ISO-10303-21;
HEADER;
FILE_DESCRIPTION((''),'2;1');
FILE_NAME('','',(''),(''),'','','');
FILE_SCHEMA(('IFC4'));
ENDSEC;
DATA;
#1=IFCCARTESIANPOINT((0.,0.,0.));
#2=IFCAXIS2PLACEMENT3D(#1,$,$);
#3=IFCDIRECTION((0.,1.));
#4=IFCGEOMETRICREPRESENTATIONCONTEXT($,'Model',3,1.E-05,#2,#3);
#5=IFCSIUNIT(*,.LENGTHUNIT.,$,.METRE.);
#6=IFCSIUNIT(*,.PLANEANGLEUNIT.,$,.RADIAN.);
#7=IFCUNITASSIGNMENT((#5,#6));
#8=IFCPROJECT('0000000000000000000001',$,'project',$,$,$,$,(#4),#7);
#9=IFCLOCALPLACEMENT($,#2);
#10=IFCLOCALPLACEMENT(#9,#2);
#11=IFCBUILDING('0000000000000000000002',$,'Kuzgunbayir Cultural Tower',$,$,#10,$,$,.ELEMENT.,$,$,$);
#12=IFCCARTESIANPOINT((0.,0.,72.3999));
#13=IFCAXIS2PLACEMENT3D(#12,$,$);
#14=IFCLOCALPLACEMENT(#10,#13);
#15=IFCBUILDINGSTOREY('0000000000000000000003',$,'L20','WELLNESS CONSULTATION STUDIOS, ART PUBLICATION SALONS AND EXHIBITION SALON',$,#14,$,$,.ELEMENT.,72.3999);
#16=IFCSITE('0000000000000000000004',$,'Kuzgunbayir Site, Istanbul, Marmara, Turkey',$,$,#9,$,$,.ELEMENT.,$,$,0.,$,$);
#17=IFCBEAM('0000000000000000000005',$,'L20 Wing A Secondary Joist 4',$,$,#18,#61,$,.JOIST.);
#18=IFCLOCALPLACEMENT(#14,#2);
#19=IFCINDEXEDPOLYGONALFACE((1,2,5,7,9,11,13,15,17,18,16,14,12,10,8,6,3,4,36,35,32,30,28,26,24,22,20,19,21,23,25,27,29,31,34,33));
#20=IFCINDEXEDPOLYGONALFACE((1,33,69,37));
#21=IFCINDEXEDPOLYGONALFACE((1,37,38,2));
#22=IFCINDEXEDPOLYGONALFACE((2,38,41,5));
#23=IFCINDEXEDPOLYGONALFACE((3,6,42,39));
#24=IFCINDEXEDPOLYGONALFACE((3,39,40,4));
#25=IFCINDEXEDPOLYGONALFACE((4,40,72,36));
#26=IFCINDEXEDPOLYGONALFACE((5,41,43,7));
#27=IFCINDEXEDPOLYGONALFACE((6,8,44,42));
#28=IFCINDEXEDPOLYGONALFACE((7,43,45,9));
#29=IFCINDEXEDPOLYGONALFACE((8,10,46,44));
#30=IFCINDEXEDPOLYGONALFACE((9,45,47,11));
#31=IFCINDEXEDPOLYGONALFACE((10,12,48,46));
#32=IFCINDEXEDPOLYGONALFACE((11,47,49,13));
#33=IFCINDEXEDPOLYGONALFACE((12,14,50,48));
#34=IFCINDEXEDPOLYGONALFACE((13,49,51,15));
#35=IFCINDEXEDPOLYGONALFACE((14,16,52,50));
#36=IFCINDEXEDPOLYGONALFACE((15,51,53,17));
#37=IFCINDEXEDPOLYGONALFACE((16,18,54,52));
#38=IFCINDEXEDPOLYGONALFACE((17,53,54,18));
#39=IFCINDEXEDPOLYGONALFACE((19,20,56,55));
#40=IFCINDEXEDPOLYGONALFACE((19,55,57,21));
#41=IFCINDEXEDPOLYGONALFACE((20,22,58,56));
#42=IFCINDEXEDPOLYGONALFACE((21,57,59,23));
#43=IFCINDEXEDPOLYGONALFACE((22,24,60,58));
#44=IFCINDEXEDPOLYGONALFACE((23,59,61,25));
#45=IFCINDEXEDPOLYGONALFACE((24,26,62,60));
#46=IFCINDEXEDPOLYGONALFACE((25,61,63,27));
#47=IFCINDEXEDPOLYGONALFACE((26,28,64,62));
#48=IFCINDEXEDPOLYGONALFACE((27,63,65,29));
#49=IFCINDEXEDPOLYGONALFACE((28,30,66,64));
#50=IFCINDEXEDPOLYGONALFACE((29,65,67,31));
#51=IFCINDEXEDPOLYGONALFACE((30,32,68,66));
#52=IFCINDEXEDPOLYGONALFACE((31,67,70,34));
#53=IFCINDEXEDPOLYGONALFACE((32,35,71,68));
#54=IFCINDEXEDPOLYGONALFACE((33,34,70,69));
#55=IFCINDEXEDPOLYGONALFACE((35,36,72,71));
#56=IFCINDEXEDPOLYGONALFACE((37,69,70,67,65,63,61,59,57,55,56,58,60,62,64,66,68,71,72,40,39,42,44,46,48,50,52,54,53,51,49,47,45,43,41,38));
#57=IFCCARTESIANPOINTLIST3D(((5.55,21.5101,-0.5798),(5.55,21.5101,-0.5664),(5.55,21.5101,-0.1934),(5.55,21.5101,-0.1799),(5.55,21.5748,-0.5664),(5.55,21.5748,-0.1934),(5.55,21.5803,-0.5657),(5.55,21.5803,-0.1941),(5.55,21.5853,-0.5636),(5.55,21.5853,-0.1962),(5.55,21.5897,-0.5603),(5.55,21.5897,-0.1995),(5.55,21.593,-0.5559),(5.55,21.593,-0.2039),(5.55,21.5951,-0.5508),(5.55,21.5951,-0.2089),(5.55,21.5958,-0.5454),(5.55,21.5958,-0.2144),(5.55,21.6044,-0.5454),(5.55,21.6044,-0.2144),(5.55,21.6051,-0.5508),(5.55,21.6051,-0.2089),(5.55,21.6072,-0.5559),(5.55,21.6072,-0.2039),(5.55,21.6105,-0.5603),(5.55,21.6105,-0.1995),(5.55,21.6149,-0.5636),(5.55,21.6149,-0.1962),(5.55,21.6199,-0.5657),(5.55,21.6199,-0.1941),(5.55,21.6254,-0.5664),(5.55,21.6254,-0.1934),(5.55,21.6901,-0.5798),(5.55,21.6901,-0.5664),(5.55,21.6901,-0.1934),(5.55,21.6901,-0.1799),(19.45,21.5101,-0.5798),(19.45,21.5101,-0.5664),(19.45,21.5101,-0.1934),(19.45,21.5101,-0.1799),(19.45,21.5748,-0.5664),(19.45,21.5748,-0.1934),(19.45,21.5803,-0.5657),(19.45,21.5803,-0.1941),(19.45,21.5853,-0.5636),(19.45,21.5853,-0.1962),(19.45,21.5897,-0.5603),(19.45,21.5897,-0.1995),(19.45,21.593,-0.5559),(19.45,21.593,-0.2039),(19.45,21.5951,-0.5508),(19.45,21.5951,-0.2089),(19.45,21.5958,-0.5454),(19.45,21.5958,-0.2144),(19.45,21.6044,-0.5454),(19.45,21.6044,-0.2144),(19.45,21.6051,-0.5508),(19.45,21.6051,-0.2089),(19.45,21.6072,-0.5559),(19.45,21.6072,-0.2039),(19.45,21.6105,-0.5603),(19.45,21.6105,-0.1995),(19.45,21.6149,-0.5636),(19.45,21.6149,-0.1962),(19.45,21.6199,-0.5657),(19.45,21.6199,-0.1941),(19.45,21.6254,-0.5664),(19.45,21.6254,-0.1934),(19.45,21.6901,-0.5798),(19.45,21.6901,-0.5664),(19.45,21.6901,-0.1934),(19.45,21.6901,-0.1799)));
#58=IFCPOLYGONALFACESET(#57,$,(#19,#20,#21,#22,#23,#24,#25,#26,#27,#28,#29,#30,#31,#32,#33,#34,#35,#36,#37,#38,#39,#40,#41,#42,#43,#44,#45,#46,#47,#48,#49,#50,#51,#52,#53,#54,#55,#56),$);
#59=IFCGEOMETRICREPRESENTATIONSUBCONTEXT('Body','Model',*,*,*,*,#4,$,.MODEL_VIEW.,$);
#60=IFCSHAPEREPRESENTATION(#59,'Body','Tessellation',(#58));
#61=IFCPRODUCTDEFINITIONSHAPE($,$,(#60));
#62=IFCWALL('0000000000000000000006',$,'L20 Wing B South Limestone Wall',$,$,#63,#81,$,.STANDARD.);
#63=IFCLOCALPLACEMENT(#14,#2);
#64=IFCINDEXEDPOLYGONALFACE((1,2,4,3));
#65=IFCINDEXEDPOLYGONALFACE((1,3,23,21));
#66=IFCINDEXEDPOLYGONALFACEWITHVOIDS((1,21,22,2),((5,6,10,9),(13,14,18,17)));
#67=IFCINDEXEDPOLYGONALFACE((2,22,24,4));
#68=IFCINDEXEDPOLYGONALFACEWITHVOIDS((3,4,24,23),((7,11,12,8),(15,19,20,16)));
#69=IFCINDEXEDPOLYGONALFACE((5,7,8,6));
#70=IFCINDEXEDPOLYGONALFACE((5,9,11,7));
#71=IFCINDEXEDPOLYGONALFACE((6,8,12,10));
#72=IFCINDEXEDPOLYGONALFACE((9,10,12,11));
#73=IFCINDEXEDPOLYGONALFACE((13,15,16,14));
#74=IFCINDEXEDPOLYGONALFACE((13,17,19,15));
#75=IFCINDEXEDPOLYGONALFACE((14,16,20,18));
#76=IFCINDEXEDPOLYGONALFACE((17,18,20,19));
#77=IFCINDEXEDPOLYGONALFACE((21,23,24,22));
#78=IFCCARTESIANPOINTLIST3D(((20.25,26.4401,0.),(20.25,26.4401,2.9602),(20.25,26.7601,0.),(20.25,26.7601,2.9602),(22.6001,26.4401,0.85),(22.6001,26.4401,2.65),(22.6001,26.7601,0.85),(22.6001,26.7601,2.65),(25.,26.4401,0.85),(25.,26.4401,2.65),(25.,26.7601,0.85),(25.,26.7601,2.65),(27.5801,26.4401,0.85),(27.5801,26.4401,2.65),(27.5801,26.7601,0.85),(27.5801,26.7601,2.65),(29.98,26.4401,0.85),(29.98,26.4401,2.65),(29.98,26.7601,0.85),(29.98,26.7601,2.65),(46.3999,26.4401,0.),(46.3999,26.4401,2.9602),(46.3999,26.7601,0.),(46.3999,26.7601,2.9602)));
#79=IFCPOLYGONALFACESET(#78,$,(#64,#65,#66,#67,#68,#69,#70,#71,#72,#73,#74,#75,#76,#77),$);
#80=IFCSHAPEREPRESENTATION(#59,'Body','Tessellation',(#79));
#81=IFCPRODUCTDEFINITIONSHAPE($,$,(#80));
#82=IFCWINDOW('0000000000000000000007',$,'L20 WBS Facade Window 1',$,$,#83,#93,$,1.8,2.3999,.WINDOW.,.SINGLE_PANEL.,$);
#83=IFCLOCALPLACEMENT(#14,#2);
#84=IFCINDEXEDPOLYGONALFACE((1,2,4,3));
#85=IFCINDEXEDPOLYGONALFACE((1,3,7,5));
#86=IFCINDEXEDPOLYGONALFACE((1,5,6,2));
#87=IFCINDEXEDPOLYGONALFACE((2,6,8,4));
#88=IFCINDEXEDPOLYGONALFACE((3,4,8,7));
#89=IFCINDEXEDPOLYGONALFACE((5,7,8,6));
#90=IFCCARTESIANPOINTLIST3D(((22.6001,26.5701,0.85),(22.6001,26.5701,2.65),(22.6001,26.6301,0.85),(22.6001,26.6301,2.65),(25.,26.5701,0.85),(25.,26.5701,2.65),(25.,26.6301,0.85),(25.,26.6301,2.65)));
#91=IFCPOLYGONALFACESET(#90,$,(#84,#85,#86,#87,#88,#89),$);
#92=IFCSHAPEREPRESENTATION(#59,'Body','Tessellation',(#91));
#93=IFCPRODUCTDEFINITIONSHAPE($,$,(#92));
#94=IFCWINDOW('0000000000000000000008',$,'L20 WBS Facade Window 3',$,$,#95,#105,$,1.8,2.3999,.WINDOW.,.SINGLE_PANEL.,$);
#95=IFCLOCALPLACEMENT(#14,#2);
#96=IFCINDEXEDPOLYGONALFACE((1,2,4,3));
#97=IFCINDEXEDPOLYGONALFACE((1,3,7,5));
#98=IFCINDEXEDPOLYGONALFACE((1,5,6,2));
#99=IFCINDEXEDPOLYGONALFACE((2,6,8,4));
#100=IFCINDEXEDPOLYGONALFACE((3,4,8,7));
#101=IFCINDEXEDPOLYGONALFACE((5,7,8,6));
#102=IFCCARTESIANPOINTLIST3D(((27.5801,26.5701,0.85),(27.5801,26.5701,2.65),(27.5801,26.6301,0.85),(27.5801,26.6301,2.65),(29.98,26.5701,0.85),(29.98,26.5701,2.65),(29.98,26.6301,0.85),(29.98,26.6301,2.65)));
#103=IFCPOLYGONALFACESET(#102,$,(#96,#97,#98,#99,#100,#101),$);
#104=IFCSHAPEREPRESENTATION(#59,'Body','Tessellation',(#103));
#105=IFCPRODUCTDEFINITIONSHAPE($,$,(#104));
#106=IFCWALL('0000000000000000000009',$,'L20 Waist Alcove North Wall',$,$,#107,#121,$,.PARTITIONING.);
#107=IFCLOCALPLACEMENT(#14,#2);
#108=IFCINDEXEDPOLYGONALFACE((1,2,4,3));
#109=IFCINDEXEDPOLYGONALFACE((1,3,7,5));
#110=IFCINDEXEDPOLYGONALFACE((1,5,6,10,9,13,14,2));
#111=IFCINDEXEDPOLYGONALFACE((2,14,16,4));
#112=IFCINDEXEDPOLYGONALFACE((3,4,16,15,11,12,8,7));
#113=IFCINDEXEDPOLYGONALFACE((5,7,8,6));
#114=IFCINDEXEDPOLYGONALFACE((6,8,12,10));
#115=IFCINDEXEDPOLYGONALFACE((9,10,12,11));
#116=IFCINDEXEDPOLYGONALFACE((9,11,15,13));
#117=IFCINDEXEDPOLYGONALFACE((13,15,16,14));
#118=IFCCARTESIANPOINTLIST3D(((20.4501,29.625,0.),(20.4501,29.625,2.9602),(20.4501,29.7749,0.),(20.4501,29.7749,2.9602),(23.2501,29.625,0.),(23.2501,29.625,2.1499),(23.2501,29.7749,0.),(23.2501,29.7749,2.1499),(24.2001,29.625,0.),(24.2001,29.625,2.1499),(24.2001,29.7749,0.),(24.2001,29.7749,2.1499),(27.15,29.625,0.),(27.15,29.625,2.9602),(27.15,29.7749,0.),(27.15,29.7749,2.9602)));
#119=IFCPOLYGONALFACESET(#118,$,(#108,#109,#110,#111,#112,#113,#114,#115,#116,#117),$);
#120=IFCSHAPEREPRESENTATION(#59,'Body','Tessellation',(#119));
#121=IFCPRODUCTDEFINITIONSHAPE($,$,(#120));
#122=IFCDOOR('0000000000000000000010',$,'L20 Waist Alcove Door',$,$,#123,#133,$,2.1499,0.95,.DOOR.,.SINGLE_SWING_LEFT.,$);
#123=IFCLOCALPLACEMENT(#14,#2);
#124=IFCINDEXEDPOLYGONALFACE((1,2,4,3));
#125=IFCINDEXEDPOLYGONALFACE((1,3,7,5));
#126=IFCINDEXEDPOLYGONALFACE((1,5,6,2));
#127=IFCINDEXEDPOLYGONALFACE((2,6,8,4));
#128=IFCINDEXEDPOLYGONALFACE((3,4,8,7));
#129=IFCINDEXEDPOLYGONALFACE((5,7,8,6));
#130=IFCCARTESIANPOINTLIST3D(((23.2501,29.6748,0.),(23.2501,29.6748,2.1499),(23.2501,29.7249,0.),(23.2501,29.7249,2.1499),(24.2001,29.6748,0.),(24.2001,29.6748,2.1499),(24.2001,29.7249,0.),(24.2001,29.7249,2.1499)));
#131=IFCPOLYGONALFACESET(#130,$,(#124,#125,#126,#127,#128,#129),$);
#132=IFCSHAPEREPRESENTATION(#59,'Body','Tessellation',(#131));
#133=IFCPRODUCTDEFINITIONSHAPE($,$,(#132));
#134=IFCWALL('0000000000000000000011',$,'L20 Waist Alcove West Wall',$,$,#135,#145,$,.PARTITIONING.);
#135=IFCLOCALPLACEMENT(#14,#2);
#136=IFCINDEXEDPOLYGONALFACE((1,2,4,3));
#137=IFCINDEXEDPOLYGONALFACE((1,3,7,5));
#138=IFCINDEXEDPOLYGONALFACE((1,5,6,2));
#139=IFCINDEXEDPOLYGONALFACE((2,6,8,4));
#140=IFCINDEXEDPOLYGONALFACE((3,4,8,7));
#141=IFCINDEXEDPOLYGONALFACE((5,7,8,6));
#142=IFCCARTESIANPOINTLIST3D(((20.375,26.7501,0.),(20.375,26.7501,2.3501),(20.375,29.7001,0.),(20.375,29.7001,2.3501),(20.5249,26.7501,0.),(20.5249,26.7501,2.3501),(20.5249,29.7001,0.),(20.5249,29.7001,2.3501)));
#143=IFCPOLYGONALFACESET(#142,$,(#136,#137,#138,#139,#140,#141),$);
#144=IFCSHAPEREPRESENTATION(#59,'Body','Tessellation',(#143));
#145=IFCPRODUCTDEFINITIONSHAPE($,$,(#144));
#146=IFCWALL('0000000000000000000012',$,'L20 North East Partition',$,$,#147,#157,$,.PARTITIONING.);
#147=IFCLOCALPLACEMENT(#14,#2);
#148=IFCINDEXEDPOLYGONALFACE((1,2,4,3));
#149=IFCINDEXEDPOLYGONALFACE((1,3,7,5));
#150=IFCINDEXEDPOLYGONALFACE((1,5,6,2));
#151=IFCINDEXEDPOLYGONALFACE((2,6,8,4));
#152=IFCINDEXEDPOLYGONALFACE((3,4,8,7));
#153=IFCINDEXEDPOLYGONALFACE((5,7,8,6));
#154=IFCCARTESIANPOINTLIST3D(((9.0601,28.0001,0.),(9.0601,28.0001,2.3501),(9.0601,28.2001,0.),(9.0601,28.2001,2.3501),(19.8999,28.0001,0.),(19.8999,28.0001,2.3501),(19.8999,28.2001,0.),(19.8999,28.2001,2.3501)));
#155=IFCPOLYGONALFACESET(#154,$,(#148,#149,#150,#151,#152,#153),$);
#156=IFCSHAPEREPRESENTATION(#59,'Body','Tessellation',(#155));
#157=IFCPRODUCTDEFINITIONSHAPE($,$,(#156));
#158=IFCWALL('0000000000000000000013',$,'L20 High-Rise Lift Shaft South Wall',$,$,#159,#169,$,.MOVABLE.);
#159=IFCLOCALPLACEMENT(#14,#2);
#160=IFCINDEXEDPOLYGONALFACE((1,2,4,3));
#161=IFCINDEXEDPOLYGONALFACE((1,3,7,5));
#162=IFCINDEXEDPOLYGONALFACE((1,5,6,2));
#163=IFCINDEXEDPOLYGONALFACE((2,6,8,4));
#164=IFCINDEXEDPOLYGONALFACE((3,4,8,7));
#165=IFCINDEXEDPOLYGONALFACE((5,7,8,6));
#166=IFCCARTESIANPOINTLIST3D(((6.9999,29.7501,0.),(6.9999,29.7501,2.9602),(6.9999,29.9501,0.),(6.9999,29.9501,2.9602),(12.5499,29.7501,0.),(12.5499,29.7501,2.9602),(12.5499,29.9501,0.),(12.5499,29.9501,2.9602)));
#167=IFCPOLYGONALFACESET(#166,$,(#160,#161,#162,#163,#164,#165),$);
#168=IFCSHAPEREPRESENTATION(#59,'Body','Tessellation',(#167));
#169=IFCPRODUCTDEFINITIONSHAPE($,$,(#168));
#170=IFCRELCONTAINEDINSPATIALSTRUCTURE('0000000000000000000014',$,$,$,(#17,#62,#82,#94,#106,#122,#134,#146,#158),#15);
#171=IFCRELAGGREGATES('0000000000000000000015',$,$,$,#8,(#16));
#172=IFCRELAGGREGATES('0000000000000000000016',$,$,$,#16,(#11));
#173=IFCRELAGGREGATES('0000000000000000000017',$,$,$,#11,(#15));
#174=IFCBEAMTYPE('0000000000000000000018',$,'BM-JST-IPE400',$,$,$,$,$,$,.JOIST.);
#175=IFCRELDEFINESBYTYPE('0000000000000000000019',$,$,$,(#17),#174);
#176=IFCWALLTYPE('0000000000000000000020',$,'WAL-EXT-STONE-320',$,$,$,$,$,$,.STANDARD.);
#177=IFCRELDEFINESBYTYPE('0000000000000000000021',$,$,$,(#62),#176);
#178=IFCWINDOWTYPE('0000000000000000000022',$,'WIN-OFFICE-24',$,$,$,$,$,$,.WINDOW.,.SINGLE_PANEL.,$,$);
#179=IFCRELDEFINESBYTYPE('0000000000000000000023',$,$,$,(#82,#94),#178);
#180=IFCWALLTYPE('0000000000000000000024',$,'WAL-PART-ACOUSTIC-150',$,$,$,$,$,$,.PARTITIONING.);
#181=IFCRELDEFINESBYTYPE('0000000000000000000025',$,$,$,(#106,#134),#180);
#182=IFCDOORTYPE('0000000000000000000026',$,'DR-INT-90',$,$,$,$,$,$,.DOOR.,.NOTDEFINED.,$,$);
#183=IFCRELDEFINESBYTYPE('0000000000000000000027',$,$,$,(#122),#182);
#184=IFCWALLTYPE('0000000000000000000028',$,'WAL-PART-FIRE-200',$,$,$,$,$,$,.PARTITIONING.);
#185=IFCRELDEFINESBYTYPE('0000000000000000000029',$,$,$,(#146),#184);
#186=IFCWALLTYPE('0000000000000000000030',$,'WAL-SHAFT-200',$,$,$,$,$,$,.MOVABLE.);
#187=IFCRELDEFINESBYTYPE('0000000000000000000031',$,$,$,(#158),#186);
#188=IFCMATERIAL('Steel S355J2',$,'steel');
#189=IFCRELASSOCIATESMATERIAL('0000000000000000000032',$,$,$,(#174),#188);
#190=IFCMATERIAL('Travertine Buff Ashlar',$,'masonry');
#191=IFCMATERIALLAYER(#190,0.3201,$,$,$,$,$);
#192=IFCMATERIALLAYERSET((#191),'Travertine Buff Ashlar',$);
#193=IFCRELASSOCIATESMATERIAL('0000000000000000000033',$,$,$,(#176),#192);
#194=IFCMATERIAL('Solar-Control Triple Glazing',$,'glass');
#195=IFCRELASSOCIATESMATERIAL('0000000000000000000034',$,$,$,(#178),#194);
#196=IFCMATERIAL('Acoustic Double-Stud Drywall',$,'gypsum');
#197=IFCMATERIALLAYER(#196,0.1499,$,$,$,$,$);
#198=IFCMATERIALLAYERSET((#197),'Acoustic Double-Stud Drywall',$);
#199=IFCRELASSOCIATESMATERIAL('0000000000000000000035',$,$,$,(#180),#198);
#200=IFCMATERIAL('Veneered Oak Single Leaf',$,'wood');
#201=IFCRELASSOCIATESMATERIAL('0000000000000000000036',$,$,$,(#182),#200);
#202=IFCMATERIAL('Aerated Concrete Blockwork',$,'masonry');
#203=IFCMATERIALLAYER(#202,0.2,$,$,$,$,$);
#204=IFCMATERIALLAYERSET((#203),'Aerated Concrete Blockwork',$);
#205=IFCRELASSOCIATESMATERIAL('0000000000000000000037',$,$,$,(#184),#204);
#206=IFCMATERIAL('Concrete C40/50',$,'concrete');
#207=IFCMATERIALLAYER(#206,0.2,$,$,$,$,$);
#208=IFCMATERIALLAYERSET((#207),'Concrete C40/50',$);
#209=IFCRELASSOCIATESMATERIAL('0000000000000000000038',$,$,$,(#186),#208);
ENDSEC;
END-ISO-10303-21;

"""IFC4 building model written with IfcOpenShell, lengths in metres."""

from ifc_helpers import new_model, si_unit, direction, frame, frame_2d, origin, origin_2d, place, context, subcontext, project, spatial, rectangle, i_section, extrude, material, layer, layer_set, material_profile, profile_set, type_object, element, fill, save


model = new_model("IFC4")

# Units and contexts
model_context = context("Model", 3, precision=1e-05, world=origin(), true_north=direction((0.0, 1.0)))
body_context = subcontext(model_context, "Body", "Model", "MODEL_VIEW")
ifc_project = project(units=[si_unit("LENGTHUNIT", "METRE"), si_unit("PLANEANGLEUNIT", "RADIAN")], contexts=[model_context])

# Site, building, storey
site_placement = place(None, origin())
site = spatial("IfcSite", under=ifc_project, at=site_placement, Name="Kuzgunbayir Site, Istanbul, Marmara, Turkey", CompositionType="ELEMENT", RefElevation=0.0)
building_placement = place(site_placement, origin())
building = spatial("IfcBuilding", under=site, at=building_placement, Name="Kuzgunbayir Cultural Tower", CompositionType="ELEMENT")
storey_placement = place(building_placement, frame((0.0, 0.0, 72.3999)))
storey = spatial("IfcBuildingStorey", under=building, at=storey_placement, Name="L20", Description="WELLNESS CONSULTATION STUDIOS, ART PUBLICATION SALONS AND EXHIBITION SALON", CompositionType="ELEMENT", Elevation=72.3999)

# Beam
ifc_material_1 = material(Name="Steel S355J2", Category="steel")
ifc_material_profile_1 = material_profile(ifc_material_1, i_section(OverallWidth=0.1799, OverallDepth=0.3999, WebThickness=0.0085, FlangeThickness=0.0134, FilletRadius=0.021, at=origin_2d()), Name="IPE 400")
ifc_profile_set_1 = profile_set([ifc_material_profile_1], Name="Steel S355J2")
beam_type_1 = type_object("IfcBeamType", Name="BM-JST-IPE400", PredefinedType="JOIST", material=ifc_profile_set_1)
for number, where, z_axis, x_axis, name in (
    (1, (5.55, 21.6001, -0.3799), (1.0, 0.0, 0.0), (0.0, 1.0, 0.0), "L20 Wing A Secondary Joist 4"),
):
    element("IfcBeam", number, at=place(storey_placement, frame(where, z_axis=z_axis, x_axis=x_axis)), inside=storey, type_object=beam_type_1, Name=name, PredefinedType="JOIST", context=body_context, shape_type="SweptSolid", body=[
        extrude(i_section(OverallWidth=0.1799, OverallDepth=0.3999, WebThickness=0.0085, FlangeThickness=0.0134, FilletRadius=0.021, at=origin_2d()), origin(), (0.0, 0.0, 1.0), 13.8999),
    ])

# Wall, openings, windows
ifc_material_2 = material(Name="Travertine Buff Ashlar", Category="masonry")
ifc_layer_1 = layer(ifc_material_2, 0.3201)
ifc_layer_set_1 = layer_set([ifc_layer_1], Name="Travertine Buff Ashlar")
wall_type_1 = type_object("IfcWallType", Name="WAL-EXT-STONE-320", PredefinedType="STANDARD", material=ifc_layer_set_1)
wall_1_placement = place(storey_placement, frame((20.25, 26.6001, 0.0), z_axis=(0.0, 0.0, 1.0), x_axis=(1.0, 0.0, 0.0)))
wall_1 = element("IfcWall", 2, at=wall_1_placement, inside=storey, type_object=wall_type_1, Name="L20 Wing B South Limestone Wall", PredefinedType="STANDARD", context=body_context, shape_type="SweptSolid", body=[
    extrude(rectangle(XDim=26.1499, YDim=0.3201, at=frame_2d((13.075, 0.0))), origin(), (0.0, 0.0, 1.0), 2.9602),
])
opening_1_placement = place(wall_1_placement, frame((2.3501, 0.0, 0.8501)))
opening_1 = element("IfcOpeningElement", 3, at=opening_1_placement, cuts=wall_1, PredefinedType="OPENING", context=body_context, shape_type="SweptSolid", body=[
    extrude(rectangle(XDim=2.3999, YDim=1.8, at=frame_2d((1.2, 0.8999))), frame((0.0, 0.1699, 0.0), z_axis=(0.0, -1.0, 0.0), x_axis=(1.0, 0.0, 0.0)), (0.0, 0.0, 1.0), 0.3401),
])
opening_2_placement = place(wall_1_placement, frame((7.3301, 0.0, 0.8501)))
opening_2 = element("IfcOpeningElement", 4, at=opening_2_placement, cuts=wall_1, PredefinedType="OPENING", context=body_context, shape_type="SweptSolid", body=[
    extrude(rectangle(XDim=2.3999, YDim=1.8, at=frame_2d((1.2, 0.8999))), frame((0.0, 0.1699, 0.0), z_axis=(0.0, -1.0, 0.0), x_axis=(1.0, 0.0, 0.0)), (0.0, 0.0, 1.0), 0.3401),
])
ifc_material_3 = material(Name="Solar-Control Triple Glazing", Category="glass")
window_type = type_object("IfcWindowType", Name="WIN-OFFICE-24", PartitioningType="SINGLE_PANEL", PredefinedType="WINDOW", material=ifc_material_3)
window_1_placement = place(opening_1_placement, origin())
window_1 = element("IfcWindow", 5, at=window_1_placement, inside=storey, type_object=window_type, Name="L20 WBS Facade Window 1", OverallHeight=1.8, OverallWidth=2.3999, PartitioningType="SINGLE_PANEL", PredefinedType="WINDOW", context=body_context, shape_type="SweptSolid", body=[
    extrude(rectangle(XDim=2.3999, YDim=1.8, at=frame_2d((1.2, 0.8999))), frame((0.0, 0.03, 0.0), z_axis=(0.0, -1.0, 0.0), x_axis=(1.0, 0.0, 0.0)), (0.0, 0.0, 1.0), 0.0601),
])
fill(opening_1, window_1)
window_2_placement = place(opening_2_placement, origin())
window_2 = element("IfcWindow", 6, at=window_2_placement, inside=storey, type_object=window_type, Name="L20 WBS Facade Window 3", OverallHeight=1.8, OverallWidth=2.3999, PartitioningType="SINGLE_PANEL", PredefinedType="WINDOW", context=body_context, shape_type="SweptSolid", body=[
    extrude(rectangle(XDim=2.3999, YDim=1.8, at=frame_2d((1.2, 0.8999))), frame((0.0, 0.03, 0.0), z_axis=(0.0, -1.0, 0.0), x_axis=(1.0, 0.0, 0.0)), (0.0, 0.0, 1.0), 0.0601),
])
fill(opening_2, window_2)

# Wall, opening, door
ifc_material_4 = material(Name="Acoustic Double-Stud Drywall", Category="gypsum")
ifc_layer_2 = layer(ifc_material_4, 0.1499)
ifc_layer_set_2 = layer_set([ifc_layer_2], Name="Acoustic Double-Stud Drywall")
wall_type_2 = type_object("IfcWallType", Name="WAL-PART-ACOUSTIC-150", PredefinedType="PARTITIONING", material=ifc_layer_set_2)
wall_2_placement = place(storey_placement, frame((20.45, 29.7, 0.0), z_axis=(0.0, 0.0, 1.0), x_axis=(1.0, 0.0, 0.0)))
wall_2 = element("IfcWall", 7, at=wall_2_placement, inside=storey, type_object=wall_type_2, Name="L20 Waist Alcove North Wall", PredefinedType="PARTITIONING", context=body_context, shape_type="SweptSolid", body=[
    extrude(rectangle(XDim=6.7, YDim=0.1499, at=frame_2d((3.3501, 0.0))), origin(), (0.0, 0.0, 1.0), 2.9602),
])
opening_3_placement = place(wall_2_placement, frame((2.8, 0.0, 0.0)))
opening_3 = element("IfcOpeningElement", 8, at=opening_3_placement, cuts=wall_2, PredefinedType="OPENING", context=body_context, shape_type="SweptSolid", body=[
    extrude(rectangle(XDim=0.95, YDim=2.1499, at=frame_2d((0.4751, 1.075))), frame((0.0, 0.085, 0.0), z_axis=(0.0, -1.0, 0.0), x_axis=(1.0, 0.0, 0.0)), (0.0, 0.0, 1.0), 0.1699),
])
ifc_material_5 = material(Name="Veneered Oak Single Leaf", Category="wood")
door_type = type_object("IfcDoorType", Name="DR-INT-90", OperationType="NOTDEFINED", PredefinedType="DOOR", material=ifc_material_5)
door_placement = place(opening_3_placement, origin())
door = element("IfcDoor", 9, at=door_placement, inside=storey, type_object=door_type, Name="L20 Waist Alcove Door", OperationType="SINGLE_SWING_LEFT", OverallHeight=2.1499, OverallWidth=0.95, PredefinedType="DOOR", context=body_context, shape_type="SweptSolid", body=[
    extrude(rectangle(XDim=0.95, YDim=2.1499, at=frame_2d((0.4751, 1.075))), frame((0.0, 0.0249, 0.0), z_axis=(0.0, -1.0, 0.0), x_axis=(1.0, 0.0, 0.0)), (0.0, 0.0, 1.0), 0.05),
])
fill(opening_3, door)

# Walls
wall_3_placement = place(storey_placement, frame((20.45, 26.75, 0.0), z_axis=(0.0, 0.0, 1.0), x_axis=(0.0, 1.0, 0.0)))
element("IfcWall", 10, at=wall_3_placement, inside=storey, type_object=wall_type_2, Name="L20 Waist Alcove West Wall", PredefinedType="PARTITIONING", context=body_context, shape_type="SweptSolid", body=[
    extrude(rectangle(XDim=2.95, YDim=0.1499, at=frame_2d((1.4751, 0.0))), origin(), (0.0, 0.0, 1.0), 2.3501),
])
ifc_material_6 = material(Name="Aerated Concrete Blockwork", Category="masonry")
ifc_layer_3 = layer(ifc_material_6, 0.2)
ifc_layer_set_3 = layer_set([ifc_layer_3], Name="Aerated Concrete Blockwork")
wall_type_3 = type_object("IfcWallType", Name="WAL-PART-FIRE-200", PredefinedType="PARTITIONING", material=ifc_layer_set_3)
wall_4_placement = place(storey_placement, frame((9.0601, 28.1001, 0.0), z_axis=(0.0, 0.0, 1.0), x_axis=(1.0, 0.0, 0.0)))
element("IfcWall", 11, at=wall_4_placement, inside=storey, type_object=wall_type_3, Name="L20 North East Partition", PredefinedType="PARTITIONING", context=body_context, shape_type="SweptSolid", body=[
    extrude(rectangle(XDim=10.8398, YDim=0.2, at=frame_2d((5.4199, 0.0))), origin(), (0.0, 0.0, 1.0), 2.3501),
])
ifc_material_7 = material(Name="Concrete C40/50", Category="concrete")
ifc_layer_4 = layer(ifc_material_7, 0.2)
ifc_layer_set_4 = layer_set([ifc_layer_4], Name="Concrete C40/50")
wall_type_4 = type_object("IfcWallType", Name="WAL-SHAFT-200", PredefinedType="MOVABLE", material=ifc_layer_set_4)
wall_5_placement = place(storey_placement, frame((7.0, 29.8501, 0.0), z_axis=(0.0, 0.0, 1.0), x_axis=(1.0, 0.0, 0.0)))
element("IfcWall", 12, at=wall_5_placement, inside=storey, type_object=wall_type_4, Name="L20 High-Rise Lift Shaft South Wall", PredefinedType="MOVABLE", context=body_context, shape_type="SweptSolid", body=[
    extrude(rectangle(XDim=5.55, YDim=0.2, at=frame_2d((2.7749, 0.0))), origin(), (0.0, 0.0, 1.0), 2.9602),
])

save(model, "model.ifc")
